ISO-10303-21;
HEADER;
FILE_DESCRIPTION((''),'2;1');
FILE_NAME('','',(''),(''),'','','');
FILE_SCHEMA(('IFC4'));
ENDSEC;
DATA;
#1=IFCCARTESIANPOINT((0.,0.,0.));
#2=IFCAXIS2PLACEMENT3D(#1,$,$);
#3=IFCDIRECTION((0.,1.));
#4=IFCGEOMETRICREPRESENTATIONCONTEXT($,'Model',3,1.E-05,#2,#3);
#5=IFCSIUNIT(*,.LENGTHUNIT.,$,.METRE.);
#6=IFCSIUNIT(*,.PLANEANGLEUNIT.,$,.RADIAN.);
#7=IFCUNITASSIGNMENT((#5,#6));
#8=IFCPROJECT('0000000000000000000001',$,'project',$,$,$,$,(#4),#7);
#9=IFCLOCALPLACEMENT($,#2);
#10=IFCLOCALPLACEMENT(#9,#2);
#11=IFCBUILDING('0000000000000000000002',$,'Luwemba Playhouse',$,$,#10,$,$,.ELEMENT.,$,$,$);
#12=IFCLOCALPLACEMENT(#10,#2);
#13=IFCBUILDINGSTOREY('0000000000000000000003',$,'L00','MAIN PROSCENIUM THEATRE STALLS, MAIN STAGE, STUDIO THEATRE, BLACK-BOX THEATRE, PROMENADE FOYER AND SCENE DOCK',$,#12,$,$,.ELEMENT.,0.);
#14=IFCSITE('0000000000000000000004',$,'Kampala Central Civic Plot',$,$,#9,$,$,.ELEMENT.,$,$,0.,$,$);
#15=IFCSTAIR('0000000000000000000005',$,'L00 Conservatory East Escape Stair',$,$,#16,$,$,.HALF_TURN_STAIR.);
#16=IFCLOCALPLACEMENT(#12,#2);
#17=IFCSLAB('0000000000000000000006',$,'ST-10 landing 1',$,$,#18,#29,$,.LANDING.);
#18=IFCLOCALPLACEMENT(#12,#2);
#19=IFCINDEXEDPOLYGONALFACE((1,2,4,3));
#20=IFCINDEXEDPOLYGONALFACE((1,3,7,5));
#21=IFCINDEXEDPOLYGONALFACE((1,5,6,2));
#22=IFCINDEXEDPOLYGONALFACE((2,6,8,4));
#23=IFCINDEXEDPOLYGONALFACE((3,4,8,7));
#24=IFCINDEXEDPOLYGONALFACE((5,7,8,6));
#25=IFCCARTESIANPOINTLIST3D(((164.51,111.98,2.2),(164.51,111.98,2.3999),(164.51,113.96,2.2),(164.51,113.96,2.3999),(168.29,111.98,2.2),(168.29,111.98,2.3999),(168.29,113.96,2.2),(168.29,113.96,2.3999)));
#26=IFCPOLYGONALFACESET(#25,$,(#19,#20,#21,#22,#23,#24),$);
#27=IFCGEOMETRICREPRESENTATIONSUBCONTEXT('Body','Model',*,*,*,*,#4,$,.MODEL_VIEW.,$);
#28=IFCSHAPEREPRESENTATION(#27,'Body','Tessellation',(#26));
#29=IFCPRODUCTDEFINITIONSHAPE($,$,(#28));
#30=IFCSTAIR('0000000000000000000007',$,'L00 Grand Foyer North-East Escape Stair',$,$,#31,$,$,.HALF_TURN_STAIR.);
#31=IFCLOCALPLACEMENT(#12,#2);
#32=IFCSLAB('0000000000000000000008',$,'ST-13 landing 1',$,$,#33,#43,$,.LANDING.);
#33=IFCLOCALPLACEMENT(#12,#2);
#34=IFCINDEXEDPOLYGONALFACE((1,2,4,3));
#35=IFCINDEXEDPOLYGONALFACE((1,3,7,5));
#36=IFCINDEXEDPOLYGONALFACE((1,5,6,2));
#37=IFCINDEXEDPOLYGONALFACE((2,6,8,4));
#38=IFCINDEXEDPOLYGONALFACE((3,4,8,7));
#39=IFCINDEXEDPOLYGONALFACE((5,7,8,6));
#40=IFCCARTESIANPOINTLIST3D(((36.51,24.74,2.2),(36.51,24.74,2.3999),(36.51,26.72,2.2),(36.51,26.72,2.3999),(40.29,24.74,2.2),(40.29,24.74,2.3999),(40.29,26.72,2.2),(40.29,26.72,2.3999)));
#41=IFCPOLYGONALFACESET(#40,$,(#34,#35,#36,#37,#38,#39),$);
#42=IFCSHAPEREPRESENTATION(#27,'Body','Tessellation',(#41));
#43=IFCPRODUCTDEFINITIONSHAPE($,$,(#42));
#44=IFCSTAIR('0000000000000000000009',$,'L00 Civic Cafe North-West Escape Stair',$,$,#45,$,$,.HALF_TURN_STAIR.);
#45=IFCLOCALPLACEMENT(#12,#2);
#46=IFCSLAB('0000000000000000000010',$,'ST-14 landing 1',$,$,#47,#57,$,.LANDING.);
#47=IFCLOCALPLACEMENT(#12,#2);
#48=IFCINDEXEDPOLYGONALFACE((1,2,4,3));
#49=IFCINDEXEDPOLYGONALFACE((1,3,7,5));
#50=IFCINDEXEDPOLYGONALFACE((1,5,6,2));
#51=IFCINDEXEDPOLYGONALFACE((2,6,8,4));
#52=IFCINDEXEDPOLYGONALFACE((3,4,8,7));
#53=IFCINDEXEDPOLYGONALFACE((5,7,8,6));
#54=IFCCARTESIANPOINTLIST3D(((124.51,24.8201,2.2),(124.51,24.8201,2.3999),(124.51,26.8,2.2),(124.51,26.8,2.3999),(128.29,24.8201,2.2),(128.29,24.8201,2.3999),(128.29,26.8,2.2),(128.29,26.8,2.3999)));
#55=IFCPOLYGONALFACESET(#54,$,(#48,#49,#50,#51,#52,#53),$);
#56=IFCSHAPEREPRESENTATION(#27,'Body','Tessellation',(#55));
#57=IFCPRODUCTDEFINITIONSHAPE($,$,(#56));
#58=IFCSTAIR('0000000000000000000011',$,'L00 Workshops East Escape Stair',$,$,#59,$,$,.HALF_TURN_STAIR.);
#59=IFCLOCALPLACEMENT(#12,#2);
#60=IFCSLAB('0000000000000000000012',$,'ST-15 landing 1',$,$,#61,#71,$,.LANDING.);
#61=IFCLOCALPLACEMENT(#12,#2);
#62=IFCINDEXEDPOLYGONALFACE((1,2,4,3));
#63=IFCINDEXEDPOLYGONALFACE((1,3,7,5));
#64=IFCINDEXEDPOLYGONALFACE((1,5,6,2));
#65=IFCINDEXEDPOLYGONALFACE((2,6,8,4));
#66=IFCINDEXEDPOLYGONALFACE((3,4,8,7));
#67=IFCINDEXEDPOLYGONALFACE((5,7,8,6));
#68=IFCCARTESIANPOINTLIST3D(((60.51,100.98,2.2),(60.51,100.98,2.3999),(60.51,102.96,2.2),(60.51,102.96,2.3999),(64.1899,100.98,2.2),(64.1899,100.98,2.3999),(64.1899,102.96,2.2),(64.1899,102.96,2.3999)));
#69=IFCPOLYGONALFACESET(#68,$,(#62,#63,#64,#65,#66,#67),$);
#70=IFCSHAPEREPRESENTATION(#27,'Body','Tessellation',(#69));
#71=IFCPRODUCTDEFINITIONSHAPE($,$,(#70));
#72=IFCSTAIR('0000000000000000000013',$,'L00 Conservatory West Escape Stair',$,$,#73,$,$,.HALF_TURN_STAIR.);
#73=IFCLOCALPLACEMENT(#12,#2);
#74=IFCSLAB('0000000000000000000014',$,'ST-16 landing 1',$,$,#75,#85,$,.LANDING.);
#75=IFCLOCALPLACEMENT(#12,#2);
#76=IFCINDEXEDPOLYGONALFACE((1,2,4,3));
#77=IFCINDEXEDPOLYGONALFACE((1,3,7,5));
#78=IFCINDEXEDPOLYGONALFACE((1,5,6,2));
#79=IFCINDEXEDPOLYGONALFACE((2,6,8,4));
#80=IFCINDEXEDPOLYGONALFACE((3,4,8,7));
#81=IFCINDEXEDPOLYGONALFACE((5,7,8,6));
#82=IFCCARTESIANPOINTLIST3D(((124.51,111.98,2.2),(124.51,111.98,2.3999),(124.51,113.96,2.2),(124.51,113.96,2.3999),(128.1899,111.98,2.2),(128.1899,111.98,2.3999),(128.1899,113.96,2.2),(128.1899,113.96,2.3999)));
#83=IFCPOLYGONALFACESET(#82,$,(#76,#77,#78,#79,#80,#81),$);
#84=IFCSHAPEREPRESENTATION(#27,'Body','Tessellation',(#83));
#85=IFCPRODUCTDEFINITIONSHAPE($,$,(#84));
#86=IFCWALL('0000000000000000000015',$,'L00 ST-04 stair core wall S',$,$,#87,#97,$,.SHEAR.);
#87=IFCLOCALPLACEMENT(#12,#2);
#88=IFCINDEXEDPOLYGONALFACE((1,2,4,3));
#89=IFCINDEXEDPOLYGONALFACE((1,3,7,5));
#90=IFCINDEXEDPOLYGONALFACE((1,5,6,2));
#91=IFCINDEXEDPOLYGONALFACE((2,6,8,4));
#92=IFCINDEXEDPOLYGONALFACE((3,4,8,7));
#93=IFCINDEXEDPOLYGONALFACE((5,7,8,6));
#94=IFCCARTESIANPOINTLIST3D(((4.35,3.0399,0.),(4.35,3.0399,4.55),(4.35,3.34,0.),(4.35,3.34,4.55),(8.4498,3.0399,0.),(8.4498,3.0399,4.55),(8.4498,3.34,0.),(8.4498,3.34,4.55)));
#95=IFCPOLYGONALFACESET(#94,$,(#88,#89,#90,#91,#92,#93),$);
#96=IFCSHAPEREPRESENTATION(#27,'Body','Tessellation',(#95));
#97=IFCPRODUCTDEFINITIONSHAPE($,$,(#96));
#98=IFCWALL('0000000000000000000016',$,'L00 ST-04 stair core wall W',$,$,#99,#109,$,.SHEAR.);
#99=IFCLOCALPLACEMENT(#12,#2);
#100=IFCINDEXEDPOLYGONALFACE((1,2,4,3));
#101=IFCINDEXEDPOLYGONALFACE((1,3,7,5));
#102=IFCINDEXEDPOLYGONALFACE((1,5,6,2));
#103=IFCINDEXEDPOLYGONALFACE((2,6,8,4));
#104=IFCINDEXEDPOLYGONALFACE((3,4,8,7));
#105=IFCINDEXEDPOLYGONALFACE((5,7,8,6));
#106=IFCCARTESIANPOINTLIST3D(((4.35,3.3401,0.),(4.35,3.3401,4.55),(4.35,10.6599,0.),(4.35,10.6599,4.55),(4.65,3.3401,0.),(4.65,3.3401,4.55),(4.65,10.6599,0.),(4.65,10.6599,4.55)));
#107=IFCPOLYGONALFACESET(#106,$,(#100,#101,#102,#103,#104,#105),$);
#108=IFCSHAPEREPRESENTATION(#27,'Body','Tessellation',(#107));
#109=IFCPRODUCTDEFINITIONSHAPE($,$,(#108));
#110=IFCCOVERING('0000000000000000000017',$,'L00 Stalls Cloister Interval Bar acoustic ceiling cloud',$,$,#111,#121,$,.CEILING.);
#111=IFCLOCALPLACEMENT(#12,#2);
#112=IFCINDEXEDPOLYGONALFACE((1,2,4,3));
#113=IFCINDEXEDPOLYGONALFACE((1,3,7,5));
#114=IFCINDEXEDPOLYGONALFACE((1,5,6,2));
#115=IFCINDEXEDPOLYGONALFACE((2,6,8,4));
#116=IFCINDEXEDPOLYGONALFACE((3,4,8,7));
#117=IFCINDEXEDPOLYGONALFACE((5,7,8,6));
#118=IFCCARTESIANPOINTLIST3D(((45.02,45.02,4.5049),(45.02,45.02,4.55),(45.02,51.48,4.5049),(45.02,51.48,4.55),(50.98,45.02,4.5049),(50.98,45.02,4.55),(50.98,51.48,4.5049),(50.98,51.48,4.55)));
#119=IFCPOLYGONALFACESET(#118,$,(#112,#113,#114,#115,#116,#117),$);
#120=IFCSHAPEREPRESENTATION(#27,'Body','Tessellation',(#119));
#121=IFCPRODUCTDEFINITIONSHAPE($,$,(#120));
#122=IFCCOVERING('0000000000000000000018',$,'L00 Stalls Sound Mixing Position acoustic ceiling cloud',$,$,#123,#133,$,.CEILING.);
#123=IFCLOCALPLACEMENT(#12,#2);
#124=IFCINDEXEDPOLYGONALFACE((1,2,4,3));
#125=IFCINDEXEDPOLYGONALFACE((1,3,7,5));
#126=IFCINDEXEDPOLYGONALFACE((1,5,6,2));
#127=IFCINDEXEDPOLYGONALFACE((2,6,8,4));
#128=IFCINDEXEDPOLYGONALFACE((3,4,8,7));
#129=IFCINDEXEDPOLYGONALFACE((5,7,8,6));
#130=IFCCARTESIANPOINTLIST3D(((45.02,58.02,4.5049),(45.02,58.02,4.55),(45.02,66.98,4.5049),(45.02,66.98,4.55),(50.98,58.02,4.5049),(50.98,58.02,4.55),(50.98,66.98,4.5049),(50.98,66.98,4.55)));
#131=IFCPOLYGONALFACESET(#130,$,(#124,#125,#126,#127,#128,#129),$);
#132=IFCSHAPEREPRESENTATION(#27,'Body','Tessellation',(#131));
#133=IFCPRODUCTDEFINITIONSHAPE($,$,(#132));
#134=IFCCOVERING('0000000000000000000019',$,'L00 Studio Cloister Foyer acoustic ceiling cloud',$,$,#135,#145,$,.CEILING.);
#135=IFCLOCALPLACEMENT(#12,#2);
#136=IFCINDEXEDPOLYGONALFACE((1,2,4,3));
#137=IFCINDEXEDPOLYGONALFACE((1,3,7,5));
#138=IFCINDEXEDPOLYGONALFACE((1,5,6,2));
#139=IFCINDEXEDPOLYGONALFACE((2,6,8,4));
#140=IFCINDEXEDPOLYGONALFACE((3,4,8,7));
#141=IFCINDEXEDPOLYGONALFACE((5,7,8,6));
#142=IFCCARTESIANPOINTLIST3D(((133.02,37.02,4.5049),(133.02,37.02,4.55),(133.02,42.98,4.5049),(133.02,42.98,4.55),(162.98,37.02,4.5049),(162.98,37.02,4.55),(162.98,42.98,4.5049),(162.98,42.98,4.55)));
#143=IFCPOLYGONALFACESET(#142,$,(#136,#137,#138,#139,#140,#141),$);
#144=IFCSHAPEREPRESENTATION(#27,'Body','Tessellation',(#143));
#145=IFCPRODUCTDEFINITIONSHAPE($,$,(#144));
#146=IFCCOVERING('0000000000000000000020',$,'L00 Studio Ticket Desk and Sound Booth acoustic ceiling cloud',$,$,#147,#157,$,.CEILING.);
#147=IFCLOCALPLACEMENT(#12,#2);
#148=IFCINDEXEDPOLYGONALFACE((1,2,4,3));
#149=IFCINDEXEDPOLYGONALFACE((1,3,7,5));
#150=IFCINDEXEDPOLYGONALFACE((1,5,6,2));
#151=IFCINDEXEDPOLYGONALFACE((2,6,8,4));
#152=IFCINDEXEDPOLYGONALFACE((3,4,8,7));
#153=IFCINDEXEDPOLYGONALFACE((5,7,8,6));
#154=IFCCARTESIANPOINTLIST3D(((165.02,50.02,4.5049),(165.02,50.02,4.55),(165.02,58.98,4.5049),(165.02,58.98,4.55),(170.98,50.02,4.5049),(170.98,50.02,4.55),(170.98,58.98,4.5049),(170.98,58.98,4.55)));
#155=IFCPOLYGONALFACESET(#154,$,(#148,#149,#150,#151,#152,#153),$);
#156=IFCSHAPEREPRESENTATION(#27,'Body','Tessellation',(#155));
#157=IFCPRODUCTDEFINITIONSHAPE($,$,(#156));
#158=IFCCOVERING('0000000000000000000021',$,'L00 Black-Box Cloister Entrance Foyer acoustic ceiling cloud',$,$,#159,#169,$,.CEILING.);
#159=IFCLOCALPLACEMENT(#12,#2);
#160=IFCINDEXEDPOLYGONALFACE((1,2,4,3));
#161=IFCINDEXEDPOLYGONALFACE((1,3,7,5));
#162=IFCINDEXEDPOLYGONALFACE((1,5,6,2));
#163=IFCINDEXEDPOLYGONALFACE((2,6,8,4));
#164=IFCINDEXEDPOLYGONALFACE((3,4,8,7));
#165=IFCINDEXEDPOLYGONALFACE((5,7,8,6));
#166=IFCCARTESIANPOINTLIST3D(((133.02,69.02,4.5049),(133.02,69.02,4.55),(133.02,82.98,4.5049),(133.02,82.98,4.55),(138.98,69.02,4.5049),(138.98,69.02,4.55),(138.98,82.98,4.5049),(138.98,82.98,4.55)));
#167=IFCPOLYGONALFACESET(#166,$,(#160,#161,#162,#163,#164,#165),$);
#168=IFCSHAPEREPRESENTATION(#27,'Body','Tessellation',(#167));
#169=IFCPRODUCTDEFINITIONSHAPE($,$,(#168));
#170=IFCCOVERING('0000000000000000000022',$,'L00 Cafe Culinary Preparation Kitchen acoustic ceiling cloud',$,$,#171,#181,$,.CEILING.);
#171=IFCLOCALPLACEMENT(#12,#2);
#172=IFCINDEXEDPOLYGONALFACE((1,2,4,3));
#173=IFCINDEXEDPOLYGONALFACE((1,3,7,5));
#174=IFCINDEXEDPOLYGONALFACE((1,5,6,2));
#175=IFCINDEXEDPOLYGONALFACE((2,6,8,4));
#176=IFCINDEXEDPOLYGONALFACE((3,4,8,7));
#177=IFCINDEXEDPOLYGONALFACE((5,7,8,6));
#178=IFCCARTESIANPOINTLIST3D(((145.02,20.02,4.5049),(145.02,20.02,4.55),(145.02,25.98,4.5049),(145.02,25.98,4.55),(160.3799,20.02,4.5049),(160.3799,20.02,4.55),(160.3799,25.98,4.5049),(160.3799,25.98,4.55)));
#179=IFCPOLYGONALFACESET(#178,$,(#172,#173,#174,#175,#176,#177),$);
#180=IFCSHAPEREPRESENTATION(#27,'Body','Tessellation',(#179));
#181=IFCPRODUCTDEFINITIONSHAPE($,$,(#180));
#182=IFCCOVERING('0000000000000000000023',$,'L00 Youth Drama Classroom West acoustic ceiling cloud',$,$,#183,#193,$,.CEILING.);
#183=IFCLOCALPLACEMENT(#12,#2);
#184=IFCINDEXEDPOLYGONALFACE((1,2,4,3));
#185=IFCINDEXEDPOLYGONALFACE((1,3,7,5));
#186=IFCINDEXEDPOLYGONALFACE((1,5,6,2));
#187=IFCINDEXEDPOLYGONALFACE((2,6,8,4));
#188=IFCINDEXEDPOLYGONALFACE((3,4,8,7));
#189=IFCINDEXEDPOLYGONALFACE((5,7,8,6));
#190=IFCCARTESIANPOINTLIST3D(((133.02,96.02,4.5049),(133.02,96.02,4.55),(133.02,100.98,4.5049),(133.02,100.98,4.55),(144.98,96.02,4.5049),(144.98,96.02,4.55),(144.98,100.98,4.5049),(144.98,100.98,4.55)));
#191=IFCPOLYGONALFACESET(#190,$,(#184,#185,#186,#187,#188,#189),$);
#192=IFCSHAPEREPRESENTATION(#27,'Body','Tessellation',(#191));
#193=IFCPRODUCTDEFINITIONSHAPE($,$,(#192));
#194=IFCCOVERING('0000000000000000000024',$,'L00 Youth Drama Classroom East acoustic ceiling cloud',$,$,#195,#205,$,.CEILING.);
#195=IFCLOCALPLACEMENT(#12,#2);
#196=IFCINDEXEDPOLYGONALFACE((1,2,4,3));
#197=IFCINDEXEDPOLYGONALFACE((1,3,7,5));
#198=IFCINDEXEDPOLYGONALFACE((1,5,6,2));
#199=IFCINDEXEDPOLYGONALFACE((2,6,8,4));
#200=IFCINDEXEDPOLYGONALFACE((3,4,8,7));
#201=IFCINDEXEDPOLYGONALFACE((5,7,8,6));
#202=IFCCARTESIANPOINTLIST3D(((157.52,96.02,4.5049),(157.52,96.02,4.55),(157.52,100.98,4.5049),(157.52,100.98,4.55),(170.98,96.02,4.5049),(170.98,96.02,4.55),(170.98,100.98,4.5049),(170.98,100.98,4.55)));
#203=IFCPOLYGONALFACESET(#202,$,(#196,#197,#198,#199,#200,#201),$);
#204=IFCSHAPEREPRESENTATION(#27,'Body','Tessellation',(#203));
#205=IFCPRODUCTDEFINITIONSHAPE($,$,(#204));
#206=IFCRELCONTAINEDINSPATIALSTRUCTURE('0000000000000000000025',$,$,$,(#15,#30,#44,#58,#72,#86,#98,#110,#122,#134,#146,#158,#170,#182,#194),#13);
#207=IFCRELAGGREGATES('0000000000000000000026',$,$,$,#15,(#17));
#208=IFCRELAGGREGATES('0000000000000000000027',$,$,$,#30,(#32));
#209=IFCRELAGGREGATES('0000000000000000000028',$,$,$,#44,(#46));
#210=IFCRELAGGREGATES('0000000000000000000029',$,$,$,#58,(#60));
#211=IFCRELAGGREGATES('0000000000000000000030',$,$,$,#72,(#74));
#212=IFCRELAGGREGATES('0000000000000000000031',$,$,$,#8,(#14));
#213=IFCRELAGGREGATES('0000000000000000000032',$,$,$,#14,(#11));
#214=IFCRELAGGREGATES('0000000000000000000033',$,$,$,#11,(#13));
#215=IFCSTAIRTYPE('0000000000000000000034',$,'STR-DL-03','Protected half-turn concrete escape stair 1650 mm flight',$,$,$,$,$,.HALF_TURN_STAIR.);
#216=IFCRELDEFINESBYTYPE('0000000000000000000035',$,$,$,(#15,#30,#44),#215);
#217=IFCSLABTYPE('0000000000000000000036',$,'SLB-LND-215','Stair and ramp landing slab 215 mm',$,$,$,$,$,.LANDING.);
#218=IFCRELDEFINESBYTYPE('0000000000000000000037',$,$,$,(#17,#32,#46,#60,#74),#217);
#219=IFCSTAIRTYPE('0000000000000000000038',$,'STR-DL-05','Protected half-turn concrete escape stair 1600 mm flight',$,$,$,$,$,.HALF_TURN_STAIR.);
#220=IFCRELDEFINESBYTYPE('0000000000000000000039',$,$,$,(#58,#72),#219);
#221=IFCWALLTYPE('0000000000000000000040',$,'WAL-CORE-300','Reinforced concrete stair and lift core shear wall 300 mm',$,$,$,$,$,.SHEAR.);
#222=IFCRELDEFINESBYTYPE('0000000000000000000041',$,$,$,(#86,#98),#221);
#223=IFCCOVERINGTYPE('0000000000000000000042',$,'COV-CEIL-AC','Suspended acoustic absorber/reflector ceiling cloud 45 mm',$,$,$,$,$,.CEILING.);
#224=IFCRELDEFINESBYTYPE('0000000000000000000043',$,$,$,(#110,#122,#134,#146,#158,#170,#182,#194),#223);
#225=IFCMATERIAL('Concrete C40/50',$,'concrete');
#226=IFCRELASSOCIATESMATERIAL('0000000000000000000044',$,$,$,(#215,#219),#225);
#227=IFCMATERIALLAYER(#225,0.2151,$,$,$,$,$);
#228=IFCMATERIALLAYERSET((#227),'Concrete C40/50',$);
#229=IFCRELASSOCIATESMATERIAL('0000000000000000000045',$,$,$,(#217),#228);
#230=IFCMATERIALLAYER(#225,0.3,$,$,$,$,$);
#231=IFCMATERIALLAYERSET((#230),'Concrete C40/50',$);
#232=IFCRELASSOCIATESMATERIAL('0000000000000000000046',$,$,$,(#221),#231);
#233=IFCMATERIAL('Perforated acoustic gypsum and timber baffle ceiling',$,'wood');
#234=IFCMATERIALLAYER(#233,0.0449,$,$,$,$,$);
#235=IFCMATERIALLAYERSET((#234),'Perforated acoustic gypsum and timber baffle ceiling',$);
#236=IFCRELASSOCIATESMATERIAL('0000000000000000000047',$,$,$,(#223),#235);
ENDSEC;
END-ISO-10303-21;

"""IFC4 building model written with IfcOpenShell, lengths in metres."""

from ifc_helpers import new_model, si_unit, direction, frame, frame_2d, origin, place, context, subcontext, project, spatial, polyline, rectangle, outline, extrude, material, layer, layer_set, type_object, element, aggregate, save


model = new_model("IFC4")

# Units and contexts
model_context = context("Model", 3, precision=1e-05, world=origin(), true_north=direction((0.0, 1.0)))
body_context = subcontext(model_context, "Body", "Model", "MODEL_VIEW")
ifc_project = project(units=[si_unit("LENGTHUNIT", "METRE"), si_unit("PLANEANGLEUNIT", "RADIAN")], contexts=[model_context])

# Site, building, storey
site_placement = place(None, origin())
site = spatial("IfcSite", under=ifc_project, at=site_placement, Name="Kampala Central Civic Plot", CompositionType="ELEMENT", RefElevation=0.0)
building_placement = place(site_placement, origin())
building = spatial("IfcBuilding", under=site, at=building_placement, Name="Luwemba Playhouse", CompositionType="ELEMENT")
storey_placement = place(building_placement, origin())
storey = spatial("IfcBuildingStorey", under=building, at=storey_placement, Name="L00", Description="MAIN PROSCENIUM THEATRE STALLS, MAIN STAGE, STUDIO THEATRE, BLACK-BOX THEATRE, PROMENADE FOYER AND SCENE DOCK", CompositionType="ELEMENT", Elevation=0.0)

# Shared definitions
ifc_material_1 = material(Name="Concrete C40/50", Category="concrete")

# Stairs, slabs
stair_type_1 = type_object("IfcStairType", Name="STR-DL-03", Description="Protected half-turn concrete escape stair 1650 mm flight", PredefinedType="HALF_TURN_STAIR", material=ifc_material_1)
ifc_layer_1 = layer(ifc_material_1, 0.2151)
ifc_layer_set_1 = layer_set([ifc_layer_1], Name="Concrete C40/50")
slab_type = type_object("IfcSlabType", Name="SLB-LND-215", Description="Stair and ramp landing slab 215 mm", PredefinedType="LANDING", material=ifc_layer_set_1)
stair_1_placement = place(storey_placement, origin())
stair_1 = element("IfcStair", 1, at=stair_1_placement, inside=storey, type_object=stair_type_1, Name="L00 Conservatory East Escape Stair", PredefinedType="HALF_TURN_STAIR")
slab_1_placement = place(storey_placement, frame((0.0, 0.0, 2.2)))
slab_1 = element("IfcSlab", 2, at=slab_1_placement, type_object=slab_type, Name="ST-10 landing 1", PredefinedType="LANDING", context=body_context, shape_type="SweptSolid", body=[
    extrude(outline(polyline([(168.29, 111.98), (164.51, 111.98), (164.51, 113.96), (168.29, 113.96), (168.29, 111.98)])), origin(), (0.0, 0.0, 1.0), 0.2),
])
aggregate(stair_1, [slab_1])
stair_2_placement = place(storey_placement, origin())
stair_2 = element("IfcStair", 3, at=stair_2_placement, inside=storey, type_object=stair_type_1, Name="L00 Grand Foyer North-East Escape Stair", PredefinedType="HALF_TURN_STAIR")
slab_2_placement = place(storey_placement, frame((0.0, 0.0, 2.2)))
slab_2 = element("IfcSlab", 4, at=slab_2_placement, type_object=slab_type, Name="ST-13 landing 1", PredefinedType="LANDING", context=body_context, shape_type="SweptSolid", body=[
    extrude(outline(polyline([(40.29, 24.74), (36.51, 24.74), (36.51, 26.72), (40.29, 26.72), (40.29, 24.74)])), origin(), (0.0, 0.0, 1.0), 0.2),
])
aggregate(stair_2, [slab_2])
stair_3_placement = place(storey_placement, origin())
stair_3 = element("IfcStair", 5, at=stair_3_placement, inside=storey, type_object=stair_type_1, Name="L00 Civic Cafe North-West Escape Stair", PredefinedType="HALF_TURN_STAIR")
slab_3_placement = place(storey_placement, frame((0.0, 0.0, 2.2)))
slab_3 = element("IfcSlab", 6, at=slab_3_placement, type_object=slab_type, Name="ST-14 landing 1", PredefinedType="LANDING", context=body_context, shape_type="SweptSolid", body=[
    extrude(outline(polyline([(128.29, 24.8201), (124.51, 24.8201), (124.51, 26.8), (128.29, 26.8), (128.29, 24.8201)])), origin(), (0.0, 0.0, 1.0), 0.2),
])
aggregate(stair_3, [slab_3])
stair_type_2 = type_object("IfcStairType", Name="STR-DL-05", Description="Protected half-turn concrete escape stair 1600 mm flight", PredefinedType="HALF_TURN_STAIR", material=ifc_material_1)
stair_4_placement = place(storey_placement, origin())
stair_4 = element("IfcStair", 7, at=stair_4_placement, inside=storey, type_object=stair_type_2, Name="L00 Workshops East Escape Stair", PredefinedType="HALF_TURN_STAIR")
slab_4_placement = place(storey_placement, frame((0.0, 0.0, 2.2)))
slab_4 = element("IfcSlab", 8, at=slab_4_placement, type_object=slab_type, Name="ST-15 landing 1", PredefinedType="LANDING", context=body_context, shape_type="SweptSolid", body=[
    extrude(outline(polyline([(64.1899, 100.98), (60.51, 100.98), (60.51, 102.96), (64.1899, 102.96), (64.1899, 100.98)])), origin(), (0.0, 0.0, 1.0), 0.2),
])
aggregate(stair_4, [slab_4])
stair_5_placement = place(storey_placement, origin())
stair_5 = element("IfcStair", 9, at=stair_5_placement, inside=storey, type_object=stair_type_2, Name="L00 Conservatory West Escape Stair", PredefinedType="HALF_TURN_STAIR")
slab_5_placement = place(storey_placement, frame((0.0, 0.0, 2.2)))
slab_5 = element("IfcSlab", 10, at=slab_5_placement, type_object=slab_type, Name="ST-16 landing 1", PredefinedType="LANDING", context=body_context, shape_type="SweptSolid", body=[
    extrude(outline(polyline([(128.1899, 111.98), (124.51, 111.98), (124.51, 113.96), (128.1899, 113.96), (128.1899, 111.98)])), origin(), (0.0, 0.0, 1.0), 0.2),
])
aggregate(stair_5, [slab_5])

# Walls
ifc_layer_2 = layer(ifc_material_1, 0.3)
ifc_layer_set_2 = layer_set([ifc_layer_2], Name="Concrete C40/50")
wall_type = type_object("IfcWallType", Name="WAL-CORE-300", Description="Reinforced concrete stair and lift core shear wall 300 mm", PredefinedType="SHEAR", material=ifc_layer_set_2)
wall_1_placement = place(storey_placement, frame((4.3501, 3.1899, 0.0), z_axis=(0.0, 0.0, 1.0), x_axis=(1.0, 0.0, 0.0)))
element("IfcWall", 11, at=wall_1_placement, inside=storey, type_object=wall_type, Name="L00 ST-04 stair core wall S", PredefinedType="SHEAR", context=body_context, shape_type="SweptSolid", body=[
    extrude(rectangle(XDim=4.0999, YDim=0.3, at=frame_2d((2.0498, 0.0))), origin(), (0.0, 0.0, 1.0), 4.55),
])
wall_2_placement = place(storey_placement, frame((4.5, 3.3401, 0.0), z_axis=(0.0, 0.0, 1.0), x_axis=(0.0, 1.0, 0.0)))
element("IfcWall", 12, at=wall_2_placement, inside=storey, type_object=wall_type, Name="L00 ST-04 stair core wall W", PredefinedType="SHEAR", context=body_context, shape_type="SweptSolid", body=[
    extrude(rectangle(XDim=7.3198, YDim=0.3, at=frame_2d((3.6599, 0.0))), origin(), (0.0, 0.0, 1.0), 4.55),
])

# Coverings
ifc_material_2 = material(Name="Perforated acoustic gypsum and timber baffle ceiling", Category="wood")
ifc_layer_3 = layer(ifc_material_2, 0.0449)
ifc_layer_set_3 = layer_set([ifc_layer_3], Name="Perforated acoustic gypsum and timber baffle ceiling")
covering_type = type_object("IfcCoveringType", Name="COV-CEIL-AC", Description="Suspended acoustic absorber/reflector ceiling cloud 45 mm", PredefinedType="CEILING", material=ifc_layer_set_3)
covering_1_placement = place(storey_placement, frame((0.0, 0.0, 4.5049)))
element("IfcCovering", 13, at=covering_1_placement, inside=storey, type_object=covering_type, Name="L00 Stalls Cloister Interval Bar acoustic ceiling cloud", PredefinedType="CEILING", context=body_context, shape_type="SweptSolid", body=[
    extrude(outline(polyline([(45.02, 45.02), (50.98, 45.02), (50.98, 51.48), (45.02, 51.48), (45.02, 45.02)])), origin(), (0.0, 0.0, 1.0), 0.0452),
])
covering_2_placement = place(storey_placement, frame((0.0, 0.0, 4.5049)))
element("IfcCovering", 14, at=covering_2_placement, inside=storey, type_object=covering_type, Name="L00 Stalls Sound Mixing Position acoustic ceiling cloud", PredefinedType="CEILING", context=body_context, shape_type="SweptSolid", body=[
    extrude(outline(polyline([(45.02, 58.02), (50.98, 58.02), (50.98, 66.98), (45.02, 66.98), (45.02, 58.02)])), origin(), (0.0, 0.0, 1.0), 0.0452),
])
covering_3_placement = place(storey_placement, frame((0.0, 0.0, 4.5049)))
element("IfcCovering", 15, at=covering_3_placement, inside=storey, type_object=covering_type, Name="L00 Studio Cloister Foyer acoustic ceiling cloud", PredefinedType="CEILING", context=body_context, shape_type="SweptSolid", body=[
    extrude(outline(polyline([(133.02, 37.02), (162.98, 37.02), (162.98, 42.98), (133.02, 42.98), (133.02, 37.02)])), origin(), (0.0, 0.0, 1.0), 0.0452),
])
covering_4_placement = place(storey_placement, frame((0.0, 0.0, 4.5049)))
element("IfcCovering", 16, at=covering_4_placement, inside=storey, type_object=covering_type, Name="L00 Studio Ticket Desk and Sound Booth acoustic ceiling cloud", PredefinedType="CEILING", context=body_context, shape_type="SweptSolid", body=[
    extrude(outline(polyline([(165.02, 50.02), (170.98, 50.02), (170.98, 58.98), (165.02, 58.98), (165.02, 50.02)])), origin(), (0.0, 0.0, 1.0), 0.0452),
])
covering_5_placement = place(storey_placement, frame((0.0, 0.0, 4.5049)))
element("IfcCovering", 17, at=covering_5_placement, inside=storey, type_object=covering_type, Name="L00 Black-Box Cloister Entrance Foyer acoustic ceiling cloud", PredefinedType="CEILING", context=body_context, shape_type="SweptSolid", body=[
    extrude(outline(polyline([(133.02, 69.02), (138.98, 69.02), (138.98, 82.98), (133.02, 82.98), (133.02, 69.02)])), origin(), (0.0, 0.0, 1.0), 0.0452),
])
covering_6_placement = place(storey_placement, frame((0.0, 0.0, 4.5049)))
element("IfcCovering", 18, at=covering_6_placement, inside=storey, type_object=covering_type, Name="L00 Cafe Culinary Preparation Kitchen acoustic ceiling cloud", PredefinedType="CEILING", context=body_context, shape_type="SweptSolid", body=[
    extrude(outline(polyline([(145.02, 20.02), (160.3799, 20.02), (160.3799, 25.98), (145.02, 25.98), (145.02, 20.02)])), origin(), (0.0, 0.0, 1.0), 0.0452),
])
covering_7_placement = place(storey_placement, frame((0.0, 0.0, 4.5049)))
element("IfcCovering", 19, at=covering_7_placement, inside=storey, type_object=covering_type, Name="L00 Youth Drama Classroom West acoustic ceiling cloud", PredefinedType="CEILING", context=body_context, shape_type="SweptSolid", body=[
    extrude(outline(polyline([(133.02, 96.02), (144.98, 96.02), (144.98, 100.98), (133.02, 100.98), (133.02, 96.02)])), origin(), (0.0, 0.0, 1.0), 0.0452),
])
covering_8_placement = place(storey_placement, frame((0.0, 0.0, 4.5049)))
element("IfcCovering", 20, at=covering_8_placement, inside=storey, type_object=covering_type, Name="L00 Youth Drama Classroom East acoustic ceiling cloud", PredefinedType="CEILING", context=body_context, shape_type="SweptSolid", body=[
    extrude(outline(polyline([(157.52, 96.02), (170.98, 96.02), (170.98, 100.98), (157.52, 100.98), (157.52, 96.02)])), origin(), (0.0, 0.0, 1.0), 0.0452),
])

save(model, "model.ifc")
